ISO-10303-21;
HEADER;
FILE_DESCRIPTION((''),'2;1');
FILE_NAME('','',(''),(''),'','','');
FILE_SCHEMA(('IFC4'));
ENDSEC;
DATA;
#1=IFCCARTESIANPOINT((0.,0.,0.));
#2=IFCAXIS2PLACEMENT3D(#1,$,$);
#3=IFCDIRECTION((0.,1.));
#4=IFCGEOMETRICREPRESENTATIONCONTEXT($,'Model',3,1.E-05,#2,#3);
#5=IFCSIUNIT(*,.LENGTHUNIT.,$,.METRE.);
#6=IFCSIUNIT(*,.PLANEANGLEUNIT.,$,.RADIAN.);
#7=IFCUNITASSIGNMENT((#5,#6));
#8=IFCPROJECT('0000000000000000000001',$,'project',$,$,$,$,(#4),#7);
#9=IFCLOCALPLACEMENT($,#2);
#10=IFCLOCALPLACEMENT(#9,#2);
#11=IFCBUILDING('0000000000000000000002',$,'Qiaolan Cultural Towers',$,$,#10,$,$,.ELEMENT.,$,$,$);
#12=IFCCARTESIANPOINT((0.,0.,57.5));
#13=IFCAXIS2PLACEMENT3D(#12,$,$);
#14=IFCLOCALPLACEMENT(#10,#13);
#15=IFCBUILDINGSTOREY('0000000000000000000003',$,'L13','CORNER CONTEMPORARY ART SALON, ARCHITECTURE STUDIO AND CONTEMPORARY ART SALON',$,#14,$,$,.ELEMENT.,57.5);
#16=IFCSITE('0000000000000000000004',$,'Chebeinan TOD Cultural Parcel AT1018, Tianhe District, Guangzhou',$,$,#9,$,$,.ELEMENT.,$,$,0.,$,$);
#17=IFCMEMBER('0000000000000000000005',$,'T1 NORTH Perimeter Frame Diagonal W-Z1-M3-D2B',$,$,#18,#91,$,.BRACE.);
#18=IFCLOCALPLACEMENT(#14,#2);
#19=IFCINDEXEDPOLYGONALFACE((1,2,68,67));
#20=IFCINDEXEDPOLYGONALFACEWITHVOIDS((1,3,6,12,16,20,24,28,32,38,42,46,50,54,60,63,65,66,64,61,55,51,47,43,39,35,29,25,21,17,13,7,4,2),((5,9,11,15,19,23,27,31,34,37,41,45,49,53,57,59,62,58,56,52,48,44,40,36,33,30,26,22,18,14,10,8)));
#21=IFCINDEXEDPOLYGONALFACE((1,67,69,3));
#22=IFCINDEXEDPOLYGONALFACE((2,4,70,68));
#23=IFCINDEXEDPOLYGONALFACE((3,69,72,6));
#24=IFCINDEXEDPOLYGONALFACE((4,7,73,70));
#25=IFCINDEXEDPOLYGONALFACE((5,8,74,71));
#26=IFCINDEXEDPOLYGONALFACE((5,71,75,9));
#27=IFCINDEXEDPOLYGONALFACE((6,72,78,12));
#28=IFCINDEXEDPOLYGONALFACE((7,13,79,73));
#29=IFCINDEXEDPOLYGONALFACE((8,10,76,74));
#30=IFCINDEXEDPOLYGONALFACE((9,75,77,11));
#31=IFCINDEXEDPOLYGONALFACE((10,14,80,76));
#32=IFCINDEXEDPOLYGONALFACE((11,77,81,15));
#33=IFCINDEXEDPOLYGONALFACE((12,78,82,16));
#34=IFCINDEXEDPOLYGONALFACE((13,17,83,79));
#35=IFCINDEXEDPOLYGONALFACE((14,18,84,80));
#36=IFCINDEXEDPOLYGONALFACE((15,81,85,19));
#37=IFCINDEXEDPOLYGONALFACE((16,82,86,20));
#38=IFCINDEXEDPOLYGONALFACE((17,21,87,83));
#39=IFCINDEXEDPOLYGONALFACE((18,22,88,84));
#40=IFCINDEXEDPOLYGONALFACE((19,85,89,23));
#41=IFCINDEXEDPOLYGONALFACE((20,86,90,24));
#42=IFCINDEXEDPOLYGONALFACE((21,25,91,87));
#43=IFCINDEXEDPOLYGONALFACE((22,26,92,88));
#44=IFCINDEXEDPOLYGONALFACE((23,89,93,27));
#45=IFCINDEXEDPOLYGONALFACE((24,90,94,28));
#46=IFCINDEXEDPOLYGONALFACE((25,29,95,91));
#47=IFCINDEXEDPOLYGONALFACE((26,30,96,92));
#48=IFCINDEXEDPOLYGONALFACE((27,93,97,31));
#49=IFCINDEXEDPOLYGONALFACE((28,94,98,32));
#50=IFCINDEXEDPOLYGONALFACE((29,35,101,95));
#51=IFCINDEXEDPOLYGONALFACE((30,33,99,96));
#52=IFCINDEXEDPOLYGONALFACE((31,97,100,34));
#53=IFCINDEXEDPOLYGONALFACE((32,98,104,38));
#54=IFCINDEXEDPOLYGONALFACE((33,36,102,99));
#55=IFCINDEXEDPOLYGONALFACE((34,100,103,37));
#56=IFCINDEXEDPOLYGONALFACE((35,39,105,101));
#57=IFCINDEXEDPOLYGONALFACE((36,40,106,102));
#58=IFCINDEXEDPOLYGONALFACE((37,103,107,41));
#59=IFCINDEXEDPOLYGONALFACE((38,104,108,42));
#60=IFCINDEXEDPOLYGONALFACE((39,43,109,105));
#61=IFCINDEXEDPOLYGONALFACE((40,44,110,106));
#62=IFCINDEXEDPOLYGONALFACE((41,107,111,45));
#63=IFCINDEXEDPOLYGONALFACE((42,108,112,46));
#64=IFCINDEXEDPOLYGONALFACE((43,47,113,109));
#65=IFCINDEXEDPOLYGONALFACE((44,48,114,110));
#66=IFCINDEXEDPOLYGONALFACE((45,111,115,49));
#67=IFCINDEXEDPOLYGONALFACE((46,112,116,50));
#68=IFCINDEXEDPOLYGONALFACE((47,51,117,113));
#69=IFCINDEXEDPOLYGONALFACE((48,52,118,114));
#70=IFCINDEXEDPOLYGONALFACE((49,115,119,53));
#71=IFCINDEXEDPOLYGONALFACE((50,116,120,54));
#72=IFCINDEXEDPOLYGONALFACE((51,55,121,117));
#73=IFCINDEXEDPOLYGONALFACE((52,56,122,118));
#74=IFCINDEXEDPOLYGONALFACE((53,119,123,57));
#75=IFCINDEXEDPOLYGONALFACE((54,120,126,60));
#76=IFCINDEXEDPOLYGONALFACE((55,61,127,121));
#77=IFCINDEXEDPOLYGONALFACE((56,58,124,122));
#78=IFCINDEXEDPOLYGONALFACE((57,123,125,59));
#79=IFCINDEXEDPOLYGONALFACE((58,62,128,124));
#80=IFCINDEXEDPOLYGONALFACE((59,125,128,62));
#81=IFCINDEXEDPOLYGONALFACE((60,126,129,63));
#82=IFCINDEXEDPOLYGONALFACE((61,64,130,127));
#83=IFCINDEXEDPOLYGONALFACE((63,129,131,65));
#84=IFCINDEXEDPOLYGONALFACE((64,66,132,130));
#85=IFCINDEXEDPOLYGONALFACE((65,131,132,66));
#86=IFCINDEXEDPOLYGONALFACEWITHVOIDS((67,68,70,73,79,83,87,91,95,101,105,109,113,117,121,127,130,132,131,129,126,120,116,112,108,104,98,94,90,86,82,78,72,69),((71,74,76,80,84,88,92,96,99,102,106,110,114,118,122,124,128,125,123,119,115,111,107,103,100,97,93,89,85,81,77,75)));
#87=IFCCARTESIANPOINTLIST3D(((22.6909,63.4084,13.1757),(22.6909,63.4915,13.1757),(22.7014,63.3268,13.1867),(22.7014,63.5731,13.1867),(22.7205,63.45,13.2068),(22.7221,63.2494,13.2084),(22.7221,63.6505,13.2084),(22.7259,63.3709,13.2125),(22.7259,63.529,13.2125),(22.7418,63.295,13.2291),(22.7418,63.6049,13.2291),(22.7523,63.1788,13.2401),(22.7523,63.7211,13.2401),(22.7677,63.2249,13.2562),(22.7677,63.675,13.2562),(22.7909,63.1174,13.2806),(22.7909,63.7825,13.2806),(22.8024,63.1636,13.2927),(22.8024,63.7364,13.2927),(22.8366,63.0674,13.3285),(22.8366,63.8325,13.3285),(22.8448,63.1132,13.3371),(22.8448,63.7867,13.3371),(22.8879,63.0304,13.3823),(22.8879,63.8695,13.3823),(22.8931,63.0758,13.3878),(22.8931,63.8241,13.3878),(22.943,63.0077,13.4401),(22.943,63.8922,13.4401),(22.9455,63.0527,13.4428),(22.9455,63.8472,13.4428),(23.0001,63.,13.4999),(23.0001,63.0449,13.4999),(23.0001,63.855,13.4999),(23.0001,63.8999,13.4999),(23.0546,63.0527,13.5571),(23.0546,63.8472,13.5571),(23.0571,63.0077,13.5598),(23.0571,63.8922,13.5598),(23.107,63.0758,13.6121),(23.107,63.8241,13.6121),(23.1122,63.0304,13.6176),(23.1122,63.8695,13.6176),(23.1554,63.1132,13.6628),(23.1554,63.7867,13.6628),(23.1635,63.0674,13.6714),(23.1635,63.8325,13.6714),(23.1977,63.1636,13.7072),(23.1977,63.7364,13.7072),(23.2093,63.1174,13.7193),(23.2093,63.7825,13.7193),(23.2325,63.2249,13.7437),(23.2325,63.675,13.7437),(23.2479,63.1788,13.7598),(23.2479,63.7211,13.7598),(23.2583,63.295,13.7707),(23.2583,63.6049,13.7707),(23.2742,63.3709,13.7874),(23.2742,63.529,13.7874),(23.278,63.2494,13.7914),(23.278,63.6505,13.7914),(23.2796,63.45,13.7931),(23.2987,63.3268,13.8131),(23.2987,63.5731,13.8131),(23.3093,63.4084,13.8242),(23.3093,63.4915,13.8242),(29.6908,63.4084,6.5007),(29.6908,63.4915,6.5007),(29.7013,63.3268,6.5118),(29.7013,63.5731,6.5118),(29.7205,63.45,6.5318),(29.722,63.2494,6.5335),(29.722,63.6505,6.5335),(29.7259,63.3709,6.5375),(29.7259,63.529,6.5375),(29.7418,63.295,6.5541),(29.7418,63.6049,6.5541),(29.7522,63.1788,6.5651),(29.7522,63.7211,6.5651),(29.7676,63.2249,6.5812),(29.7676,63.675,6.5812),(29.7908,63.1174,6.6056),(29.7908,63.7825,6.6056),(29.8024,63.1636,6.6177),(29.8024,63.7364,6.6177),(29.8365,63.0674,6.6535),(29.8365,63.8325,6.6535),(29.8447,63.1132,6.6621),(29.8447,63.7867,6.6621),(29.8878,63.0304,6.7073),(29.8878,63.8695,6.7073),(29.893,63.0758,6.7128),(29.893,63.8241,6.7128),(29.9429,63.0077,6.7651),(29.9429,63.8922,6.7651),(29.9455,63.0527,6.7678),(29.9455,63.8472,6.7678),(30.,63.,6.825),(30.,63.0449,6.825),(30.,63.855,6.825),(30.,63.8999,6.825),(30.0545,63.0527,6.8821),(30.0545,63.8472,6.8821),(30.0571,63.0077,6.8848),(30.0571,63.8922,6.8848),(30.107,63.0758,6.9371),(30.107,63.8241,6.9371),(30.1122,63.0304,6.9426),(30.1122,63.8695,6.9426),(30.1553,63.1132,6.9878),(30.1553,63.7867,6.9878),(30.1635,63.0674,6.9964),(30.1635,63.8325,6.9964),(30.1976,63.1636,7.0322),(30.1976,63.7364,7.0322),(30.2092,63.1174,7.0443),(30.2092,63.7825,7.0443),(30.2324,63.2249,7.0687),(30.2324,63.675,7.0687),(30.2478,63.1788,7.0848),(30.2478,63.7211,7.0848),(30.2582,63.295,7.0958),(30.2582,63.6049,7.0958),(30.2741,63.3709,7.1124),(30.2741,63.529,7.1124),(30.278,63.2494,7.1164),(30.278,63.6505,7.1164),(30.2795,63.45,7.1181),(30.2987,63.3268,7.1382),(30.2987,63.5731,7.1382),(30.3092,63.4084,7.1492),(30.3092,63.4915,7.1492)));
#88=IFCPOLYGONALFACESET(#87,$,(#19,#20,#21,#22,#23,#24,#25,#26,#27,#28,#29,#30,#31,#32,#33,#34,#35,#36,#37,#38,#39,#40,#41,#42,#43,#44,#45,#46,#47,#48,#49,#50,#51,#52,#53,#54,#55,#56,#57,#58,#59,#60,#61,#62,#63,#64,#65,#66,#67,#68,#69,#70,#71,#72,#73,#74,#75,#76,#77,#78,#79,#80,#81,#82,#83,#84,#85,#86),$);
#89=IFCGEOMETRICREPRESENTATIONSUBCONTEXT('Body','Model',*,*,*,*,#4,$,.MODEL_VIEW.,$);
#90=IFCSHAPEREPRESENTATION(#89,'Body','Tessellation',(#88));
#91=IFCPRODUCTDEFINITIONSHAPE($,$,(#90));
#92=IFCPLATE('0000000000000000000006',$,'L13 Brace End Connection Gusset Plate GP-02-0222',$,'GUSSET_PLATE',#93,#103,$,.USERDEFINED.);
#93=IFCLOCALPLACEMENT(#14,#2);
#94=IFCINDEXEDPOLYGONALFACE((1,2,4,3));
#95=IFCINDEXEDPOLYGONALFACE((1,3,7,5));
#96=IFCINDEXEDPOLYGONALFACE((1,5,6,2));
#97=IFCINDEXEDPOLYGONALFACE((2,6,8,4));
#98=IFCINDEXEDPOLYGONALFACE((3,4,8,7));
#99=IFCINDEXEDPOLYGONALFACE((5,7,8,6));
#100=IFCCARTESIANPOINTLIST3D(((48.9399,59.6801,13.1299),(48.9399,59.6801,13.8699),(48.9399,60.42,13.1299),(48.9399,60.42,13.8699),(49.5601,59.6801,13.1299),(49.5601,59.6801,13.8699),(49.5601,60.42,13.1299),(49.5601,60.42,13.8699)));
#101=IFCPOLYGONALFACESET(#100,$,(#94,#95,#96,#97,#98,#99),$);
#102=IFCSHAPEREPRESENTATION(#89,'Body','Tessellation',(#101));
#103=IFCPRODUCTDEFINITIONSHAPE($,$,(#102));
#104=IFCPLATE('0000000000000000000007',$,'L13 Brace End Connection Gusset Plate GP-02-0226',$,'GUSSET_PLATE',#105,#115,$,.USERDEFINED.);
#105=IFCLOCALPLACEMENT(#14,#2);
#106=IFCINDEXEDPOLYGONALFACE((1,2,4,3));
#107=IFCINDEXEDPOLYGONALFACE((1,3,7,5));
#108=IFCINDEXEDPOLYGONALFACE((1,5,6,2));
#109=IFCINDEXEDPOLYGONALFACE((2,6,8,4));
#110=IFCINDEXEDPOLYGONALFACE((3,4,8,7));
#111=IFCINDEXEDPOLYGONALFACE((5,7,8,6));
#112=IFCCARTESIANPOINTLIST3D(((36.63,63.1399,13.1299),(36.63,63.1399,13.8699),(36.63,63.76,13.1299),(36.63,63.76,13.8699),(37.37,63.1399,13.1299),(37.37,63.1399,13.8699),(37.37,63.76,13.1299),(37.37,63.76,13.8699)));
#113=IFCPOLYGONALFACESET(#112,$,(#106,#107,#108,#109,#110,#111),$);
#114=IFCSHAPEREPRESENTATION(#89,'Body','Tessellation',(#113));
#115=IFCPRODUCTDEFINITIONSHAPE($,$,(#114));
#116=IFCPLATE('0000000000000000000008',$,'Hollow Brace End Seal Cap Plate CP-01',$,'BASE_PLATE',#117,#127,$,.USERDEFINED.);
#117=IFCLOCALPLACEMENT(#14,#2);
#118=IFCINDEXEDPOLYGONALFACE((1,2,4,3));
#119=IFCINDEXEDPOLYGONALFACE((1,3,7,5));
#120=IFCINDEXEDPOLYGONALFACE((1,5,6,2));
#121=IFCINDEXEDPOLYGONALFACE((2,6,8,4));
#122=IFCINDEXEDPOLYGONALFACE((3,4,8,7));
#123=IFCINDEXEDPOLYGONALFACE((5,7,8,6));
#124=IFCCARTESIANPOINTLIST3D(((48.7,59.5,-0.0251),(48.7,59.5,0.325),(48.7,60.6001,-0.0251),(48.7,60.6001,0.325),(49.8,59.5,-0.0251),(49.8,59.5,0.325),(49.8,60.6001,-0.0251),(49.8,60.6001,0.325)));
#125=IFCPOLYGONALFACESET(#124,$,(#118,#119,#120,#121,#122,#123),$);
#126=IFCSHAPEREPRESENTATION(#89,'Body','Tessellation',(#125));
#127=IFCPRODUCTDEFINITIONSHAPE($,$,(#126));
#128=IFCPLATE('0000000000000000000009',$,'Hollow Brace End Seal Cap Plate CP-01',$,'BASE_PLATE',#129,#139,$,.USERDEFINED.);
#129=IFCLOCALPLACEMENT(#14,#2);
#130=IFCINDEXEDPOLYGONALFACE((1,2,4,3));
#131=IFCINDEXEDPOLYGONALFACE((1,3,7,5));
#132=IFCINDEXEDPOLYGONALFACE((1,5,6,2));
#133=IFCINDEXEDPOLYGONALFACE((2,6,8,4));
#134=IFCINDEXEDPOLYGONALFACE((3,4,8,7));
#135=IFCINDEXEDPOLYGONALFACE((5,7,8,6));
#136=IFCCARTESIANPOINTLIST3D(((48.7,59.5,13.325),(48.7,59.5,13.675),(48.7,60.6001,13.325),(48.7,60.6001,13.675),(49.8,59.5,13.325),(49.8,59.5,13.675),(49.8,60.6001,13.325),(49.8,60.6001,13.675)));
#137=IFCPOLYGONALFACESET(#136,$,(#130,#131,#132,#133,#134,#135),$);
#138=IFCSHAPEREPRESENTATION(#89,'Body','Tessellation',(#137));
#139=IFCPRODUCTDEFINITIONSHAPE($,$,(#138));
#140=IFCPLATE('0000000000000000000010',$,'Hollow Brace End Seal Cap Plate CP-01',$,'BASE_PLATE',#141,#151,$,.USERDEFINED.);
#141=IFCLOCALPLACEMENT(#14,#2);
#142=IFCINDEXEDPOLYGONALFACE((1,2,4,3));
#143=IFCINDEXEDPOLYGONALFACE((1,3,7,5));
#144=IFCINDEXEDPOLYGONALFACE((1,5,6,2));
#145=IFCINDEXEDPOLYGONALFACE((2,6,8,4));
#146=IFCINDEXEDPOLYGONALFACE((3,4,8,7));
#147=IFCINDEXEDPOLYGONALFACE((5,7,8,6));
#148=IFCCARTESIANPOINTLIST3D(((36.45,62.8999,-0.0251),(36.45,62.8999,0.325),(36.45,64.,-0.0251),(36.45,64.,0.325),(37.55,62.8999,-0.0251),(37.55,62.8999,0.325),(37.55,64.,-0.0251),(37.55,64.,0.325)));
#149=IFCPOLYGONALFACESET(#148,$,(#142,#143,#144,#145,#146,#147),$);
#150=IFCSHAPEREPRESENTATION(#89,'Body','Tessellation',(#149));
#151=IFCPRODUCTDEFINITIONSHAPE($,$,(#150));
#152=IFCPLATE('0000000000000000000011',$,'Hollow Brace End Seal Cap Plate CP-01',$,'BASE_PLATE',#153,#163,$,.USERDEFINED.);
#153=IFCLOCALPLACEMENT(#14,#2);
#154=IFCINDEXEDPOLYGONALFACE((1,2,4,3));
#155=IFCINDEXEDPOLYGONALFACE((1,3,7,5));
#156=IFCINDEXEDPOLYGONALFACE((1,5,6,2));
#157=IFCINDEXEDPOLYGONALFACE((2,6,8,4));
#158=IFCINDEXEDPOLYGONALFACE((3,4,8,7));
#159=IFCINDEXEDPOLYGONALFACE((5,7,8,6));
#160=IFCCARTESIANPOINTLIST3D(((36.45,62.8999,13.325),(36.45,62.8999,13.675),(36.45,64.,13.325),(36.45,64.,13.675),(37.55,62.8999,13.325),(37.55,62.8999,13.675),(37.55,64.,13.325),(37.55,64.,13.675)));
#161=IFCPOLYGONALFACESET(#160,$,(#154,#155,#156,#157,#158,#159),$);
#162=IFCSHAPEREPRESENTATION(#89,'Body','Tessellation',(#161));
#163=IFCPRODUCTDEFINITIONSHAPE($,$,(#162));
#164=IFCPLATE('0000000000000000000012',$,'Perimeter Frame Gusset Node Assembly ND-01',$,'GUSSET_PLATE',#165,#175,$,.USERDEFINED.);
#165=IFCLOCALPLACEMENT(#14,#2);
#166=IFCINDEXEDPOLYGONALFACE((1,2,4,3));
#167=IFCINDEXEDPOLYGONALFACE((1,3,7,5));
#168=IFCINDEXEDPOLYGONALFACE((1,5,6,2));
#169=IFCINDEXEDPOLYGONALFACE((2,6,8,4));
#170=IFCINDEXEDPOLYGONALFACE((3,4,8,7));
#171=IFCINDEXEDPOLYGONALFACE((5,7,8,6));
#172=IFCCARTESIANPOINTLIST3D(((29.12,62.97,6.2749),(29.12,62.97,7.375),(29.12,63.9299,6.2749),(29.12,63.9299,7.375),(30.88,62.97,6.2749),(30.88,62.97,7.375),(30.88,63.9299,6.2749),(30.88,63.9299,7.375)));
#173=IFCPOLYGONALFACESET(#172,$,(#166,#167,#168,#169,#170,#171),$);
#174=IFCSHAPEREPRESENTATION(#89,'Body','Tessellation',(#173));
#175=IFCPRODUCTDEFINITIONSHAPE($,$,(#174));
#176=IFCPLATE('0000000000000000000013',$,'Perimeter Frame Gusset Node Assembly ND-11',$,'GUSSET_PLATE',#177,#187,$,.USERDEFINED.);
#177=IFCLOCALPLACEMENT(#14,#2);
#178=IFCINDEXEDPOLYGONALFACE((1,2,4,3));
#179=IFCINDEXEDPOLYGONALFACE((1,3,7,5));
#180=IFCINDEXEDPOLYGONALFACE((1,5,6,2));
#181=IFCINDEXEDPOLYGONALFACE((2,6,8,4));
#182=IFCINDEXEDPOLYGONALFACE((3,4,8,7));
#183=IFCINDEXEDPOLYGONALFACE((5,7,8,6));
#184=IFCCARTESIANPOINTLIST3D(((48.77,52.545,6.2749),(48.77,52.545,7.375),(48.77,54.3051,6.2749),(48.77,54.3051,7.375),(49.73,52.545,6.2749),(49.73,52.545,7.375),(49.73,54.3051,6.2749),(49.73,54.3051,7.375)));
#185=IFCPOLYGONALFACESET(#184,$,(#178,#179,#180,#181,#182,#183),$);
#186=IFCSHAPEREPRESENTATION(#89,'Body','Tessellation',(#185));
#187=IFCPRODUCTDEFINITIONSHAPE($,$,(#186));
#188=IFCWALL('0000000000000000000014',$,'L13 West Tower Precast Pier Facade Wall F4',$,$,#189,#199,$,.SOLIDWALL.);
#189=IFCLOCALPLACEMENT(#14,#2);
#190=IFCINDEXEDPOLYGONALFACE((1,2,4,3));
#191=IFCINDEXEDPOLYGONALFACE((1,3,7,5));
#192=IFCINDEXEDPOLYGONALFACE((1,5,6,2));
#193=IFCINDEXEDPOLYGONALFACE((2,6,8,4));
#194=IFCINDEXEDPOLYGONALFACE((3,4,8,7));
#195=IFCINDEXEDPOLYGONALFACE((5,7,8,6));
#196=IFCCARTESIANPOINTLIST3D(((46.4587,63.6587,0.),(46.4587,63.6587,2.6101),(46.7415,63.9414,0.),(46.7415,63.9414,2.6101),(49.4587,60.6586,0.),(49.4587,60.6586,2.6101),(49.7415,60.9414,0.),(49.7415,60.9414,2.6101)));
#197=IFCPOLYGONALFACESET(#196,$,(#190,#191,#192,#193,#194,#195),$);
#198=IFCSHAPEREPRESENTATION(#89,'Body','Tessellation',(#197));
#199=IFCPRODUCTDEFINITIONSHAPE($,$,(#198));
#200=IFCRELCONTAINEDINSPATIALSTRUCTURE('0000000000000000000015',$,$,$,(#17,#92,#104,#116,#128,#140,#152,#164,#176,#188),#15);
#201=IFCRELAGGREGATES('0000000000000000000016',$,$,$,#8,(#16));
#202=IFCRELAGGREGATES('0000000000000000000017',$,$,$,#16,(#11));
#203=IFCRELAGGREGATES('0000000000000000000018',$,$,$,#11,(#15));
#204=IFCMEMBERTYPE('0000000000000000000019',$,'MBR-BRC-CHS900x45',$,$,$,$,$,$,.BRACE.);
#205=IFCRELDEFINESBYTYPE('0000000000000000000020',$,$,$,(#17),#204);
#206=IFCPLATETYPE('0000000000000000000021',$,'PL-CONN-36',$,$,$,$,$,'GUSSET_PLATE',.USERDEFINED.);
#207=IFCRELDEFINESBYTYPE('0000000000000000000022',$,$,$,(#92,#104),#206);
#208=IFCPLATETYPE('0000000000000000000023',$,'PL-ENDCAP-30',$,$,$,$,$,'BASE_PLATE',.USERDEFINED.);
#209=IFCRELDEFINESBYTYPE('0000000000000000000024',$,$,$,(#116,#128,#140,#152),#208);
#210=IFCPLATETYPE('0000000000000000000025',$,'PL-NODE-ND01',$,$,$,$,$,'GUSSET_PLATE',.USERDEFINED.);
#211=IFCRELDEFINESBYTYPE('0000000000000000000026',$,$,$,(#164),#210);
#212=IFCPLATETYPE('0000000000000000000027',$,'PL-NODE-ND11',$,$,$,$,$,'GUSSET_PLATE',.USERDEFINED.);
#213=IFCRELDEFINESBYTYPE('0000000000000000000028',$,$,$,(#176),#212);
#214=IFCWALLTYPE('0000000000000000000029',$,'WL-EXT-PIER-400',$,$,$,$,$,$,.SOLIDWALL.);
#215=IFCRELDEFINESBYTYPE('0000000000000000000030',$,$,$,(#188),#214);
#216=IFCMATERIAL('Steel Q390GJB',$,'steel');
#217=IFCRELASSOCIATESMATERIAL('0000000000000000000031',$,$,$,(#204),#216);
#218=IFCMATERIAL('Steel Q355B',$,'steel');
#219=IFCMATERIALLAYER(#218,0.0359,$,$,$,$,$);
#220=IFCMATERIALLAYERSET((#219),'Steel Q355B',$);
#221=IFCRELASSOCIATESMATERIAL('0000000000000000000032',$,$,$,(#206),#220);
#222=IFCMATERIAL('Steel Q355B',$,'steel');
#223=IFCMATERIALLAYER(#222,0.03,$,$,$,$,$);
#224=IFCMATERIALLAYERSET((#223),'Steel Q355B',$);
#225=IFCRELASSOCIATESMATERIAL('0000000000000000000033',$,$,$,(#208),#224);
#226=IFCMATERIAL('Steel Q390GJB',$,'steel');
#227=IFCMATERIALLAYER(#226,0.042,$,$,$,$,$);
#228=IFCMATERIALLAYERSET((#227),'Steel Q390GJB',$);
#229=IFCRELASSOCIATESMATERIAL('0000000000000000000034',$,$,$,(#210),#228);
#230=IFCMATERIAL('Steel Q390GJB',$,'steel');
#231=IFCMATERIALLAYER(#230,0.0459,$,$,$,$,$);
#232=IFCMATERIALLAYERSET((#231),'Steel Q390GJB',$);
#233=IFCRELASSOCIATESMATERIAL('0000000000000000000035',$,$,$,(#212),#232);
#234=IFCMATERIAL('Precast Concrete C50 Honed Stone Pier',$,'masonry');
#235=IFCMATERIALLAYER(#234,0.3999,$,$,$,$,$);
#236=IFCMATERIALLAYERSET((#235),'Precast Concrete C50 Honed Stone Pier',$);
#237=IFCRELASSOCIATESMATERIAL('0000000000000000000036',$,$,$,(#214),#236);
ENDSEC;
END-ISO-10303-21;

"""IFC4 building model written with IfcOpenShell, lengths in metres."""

from ifc_helpers import new_model, si_unit, direction, frame, frame_2d, origin, origin_2d, place, context, subcontext, project, spatial, rectangle, hollow_circle, extrude, material, layer, layer_set, material_profile, profile_set, type_object, element, save


model = new_model("IFC4")

# Units and contexts
model_context = context("Model", 3, precision=1e-05, world=origin(), true_north=direction((0.0, 1.0)))
body_context = subcontext(model_context, "Body", "Model", "MODEL_VIEW")
ifc_project = project(units=[si_unit("LENGTHUNIT", "METRE"), si_unit("PLANEANGLEUNIT", "RADIAN")], contexts=[model_context])

# Site, building, storey
site_placement = place(None, origin())
site = spatial("IfcSite", under=ifc_project, at=site_placement, Name="Chebeinan TOD Cultural Parcel AT1018, Tianhe District, Guangzhou", CompositionType="ELEMENT", RefElevation=0.0)
building_placement = place(site_placement, origin())
building = spatial("IfcBuilding", under=site, at=building_placement, Name="Qiaolan Cultural Towers", CompositionType="ELEMENT")
storey_placement = place(building_placement, frame((0.0, 0.0, 57.5)))
storey = spatial("IfcBuildingStorey", under=building, at=storey_placement, Name="L13", Description="CORNER CONTEMPORARY ART SALON, ARCHITECTURE STUDIO AND CONTEMPORARY ART SALON", CompositionType="ELEMENT", Elevation=57.5)

# Member
ifc_material_1 = material(Name="Steel Q390GJB", Category="steel")
ifc_material_profile_1 = material_profile(ifc_material_1, hollow_circle(Radius=0.45, WallThickness=0.0449, at=origin_2d()), Name="CHS900x45")
ifc_profile_set_1 = profile_set([ifc_material_profile_1], Name="Steel Q390GJB")
member_type = type_object("IfcMemberType", Name="MBR-BRC-CHS900x45", PredefinedType="BRACE", material=ifc_profile_set_1)
for number, where, z_axis, x_axis, name in (
    (1, (30.0, 63.45, 6.825), (-0.723705, 0.0, 0.690109), (0.0, -1.0, 0.0), "T1 NORTH Perimeter Frame Diagonal W-Z1-M3-D2B"),
):
    element("IfcMember", number, at=place(storey_placement, frame(where, z_axis=z_axis, x_axis=x_axis)), inside=storey, type_object=member_type, Name=name, PredefinedType="BRACE", context=body_context, shape_type="SweptSolid", body=[
        extrude(hollow_circle(Radius=0.45, WallThickness=0.0449, at=origin_2d()), origin(), (0.0, 0.0, 1.0), 9.6724),
    ])

# Plates
ifc_material_2 = material(Name="Steel Q355B", Category="steel")
ifc_layer_1 = layer(ifc_material_2, 0.0359)
ifc_layer_set_1 = layer_set([ifc_layer_1], Name="Steel Q355B")
plate_type_1 = type_object("IfcPlateType", Name="PL-CONN-36", ElementType="GUSSET_PLATE", PredefinedType="USERDEFINED", material=ifc_layer_set_1)
for number, where, z_axis, x_axis, name in (
    (2, (49.25, 60.05, 13.1299), (0.0, 0.0, 1.0), (0.0, 1.0, 0.0), "L13 Brace End Connection Gusset Plate GP-02-0222"),
    (3, (37.0, 63.45, 13.1299), (0.0, 0.0, 1.0), (1.0, 0.0, 0.0), "L13 Brace End Connection Gusset Plate GP-02-0226"),
):
    element("IfcPlate", number, at=place(storey_placement, frame(where, z_axis=z_axis, x_axis=x_axis)), inside=storey, type_object=plate_type_1, Name=name, ObjectType="GUSSET_PLATE", PredefinedType="USERDEFINED", context=body_context, shape_type="SweptSolid", body=[
        extrude(rectangle(XDim=0.74, YDim=0.6201, at=origin_2d()), origin(), (0.0, 0.0, 1.0), 0.74),
    ])
ifc_material_3 = material(Name="Steel Q355B", Category="steel")
ifc_layer_2 = layer(ifc_material_3, 0.03)
ifc_layer_set_2 = layer_set([ifc_layer_2], Name="Steel Q355B")
plate_type_2 = type_object("IfcPlateType", Name="PL-ENDCAP-30", ElementType="BASE_PLATE", PredefinedType="USERDEFINED", material=ifc_layer_set_2)
for number, where, z_axis, x_axis, name in (
    (4, (49.25, 60.05, -0.0251), (0.0, 0.0, 1.0), (0.0, 1.0, 0.0), "Hollow Brace End Seal Cap Plate CP-01"),
    (5, (49.25, 60.05, 13.325), (0.0, 0.0, 1.0), (0.0, 1.0, 0.0), "Hollow Brace End Seal Cap Plate CP-01"),
    (6, (37.0, 63.45, -0.0251), (0.0, 0.0, 1.0), (1.0, 0.0, 0.0), "Hollow Brace End Seal Cap Plate CP-01"),
    (7, (37.0, 63.45, 13.325), (0.0, 0.0, 1.0), (1.0, 0.0, 0.0), "Hollow Brace End Seal Cap Plate CP-01"),
):
    element("IfcPlate", number, at=place(storey_placement, frame(where, z_axis=z_axis, x_axis=x_axis)), inside=storey, type_object=plate_type_2, Name=name, ObjectType="BASE_PLATE", PredefinedType="USERDEFINED", context=body_context, shape_type="SweptSolid", body=[
        extrude(rectangle(XDim=1.1001, YDim=1.1001, at=origin_2d()), origin(), (0.0, 0.0, 1.0), 0.3501),
    ])
ifc_material_4 = material(Name="Steel Q390GJB", Category="steel")
ifc_layer_3 = layer(ifc_material_4, 0.042)
ifc_layer_set_3 = layer_set([ifc_layer_3], Name="Steel Q390GJB")
plate_type_3 = type_object("IfcPlateType", Name="PL-NODE-ND01", ElementType="GUSSET_PLATE", PredefinedType="USERDEFINED", material=ifc_layer_set_3)
plate_1_placement = place(storey_placement, frame((30.0, 63.45, 6.2749), z_axis=(0.0, 0.0, 1.0), x_axis=(1.0, 0.0, 0.0)))
element("IfcPlate", 8, at=plate_1_placement, inside=storey, type_object=plate_type_3, Name="Perimeter Frame Gusset Node Assembly ND-01", ObjectType="GUSSET_PLATE", PredefinedType="USERDEFINED", context=body_context, shape_type="SweptSolid", body=[
    extrude(rectangle(XDim=1.76, YDim=0.96, at=origin_2d()), origin(), (0.0, 0.0, 1.0), 1.1001),
])
ifc_material_5 = material(Name="Steel Q390GJB", Category="steel")
ifc_layer_4 = layer(ifc_material_5, 0.0459)
ifc_layer_set_4 = layer_set([ifc_layer_4], Name="Steel Q390GJB")
plate_type_4 = type_object("IfcPlateType", Name="PL-NODE-ND11", ElementType="GUSSET_PLATE", PredefinedType="USERDEFINED", material=ifc_layer_set_4)
plate_2_placement = place(storey_placement, frame((49.25, 53.425, 6.2749), z_axis=(0.0, 0.0, 1.0), x_axis=(0.0, 1.0, 0.0)))
element("IfcPlate", 9, at=plate_2_placement, inside=storey, type_object=plate_type_4, Name="Perimeter Frame Gusset Node Assembly ND-11", ObjectType="GUSSET_PLATE", PredefinedType="USERDEFINED", context=body_context, shape_type="SweptSolid", body=[
    extrude(rectangle(XDim=1.76, YDim=0.96, at=origin_2d()), origin(), (0.0, 0.0, 1.0), 1.1001),
])

# Wall
ifc_material_6 = material(Name="Precast Concrete C50 Honed Stone Pier", Category="masonry")
ifc_layer_5 = layer(ifc_material_6, 0.3999)
ifc_layer_set_5 = layer_set([ifc_layer_5], Name="Precast Concrete C50 Honed Stone Pier")
wall_type_1 = type_object("IfcWallType", Name="WL-EXT-PIER-400", PredefinedType="SOLIDWALL", material=ifc_layer_set_5)
wall_1_placement = place(storey_placement, frame((46.6001, 63.8, 0.0), z_axis=(0.0, 0.0, 1.0), x_axis=(0.707107, -0.707107, 0.0)))
element("IfcWall", 10, at=wall_1_placement, inside=storey, type_object=wall_type_1, Name="L13 West Tower Precast Pier Facade Wall F4", PredefinedType="SOLIDWALL", context=body_context, shape_type="SweptSolid", body=[
    extrude(rectangle(XDim=4.2427, YDim=0.3999, at=frame_2d((2.1213, 0.0))), origin(), (0.0, 0.0, 1.0), 2.6101),
])

save(model, "model.ifc")
